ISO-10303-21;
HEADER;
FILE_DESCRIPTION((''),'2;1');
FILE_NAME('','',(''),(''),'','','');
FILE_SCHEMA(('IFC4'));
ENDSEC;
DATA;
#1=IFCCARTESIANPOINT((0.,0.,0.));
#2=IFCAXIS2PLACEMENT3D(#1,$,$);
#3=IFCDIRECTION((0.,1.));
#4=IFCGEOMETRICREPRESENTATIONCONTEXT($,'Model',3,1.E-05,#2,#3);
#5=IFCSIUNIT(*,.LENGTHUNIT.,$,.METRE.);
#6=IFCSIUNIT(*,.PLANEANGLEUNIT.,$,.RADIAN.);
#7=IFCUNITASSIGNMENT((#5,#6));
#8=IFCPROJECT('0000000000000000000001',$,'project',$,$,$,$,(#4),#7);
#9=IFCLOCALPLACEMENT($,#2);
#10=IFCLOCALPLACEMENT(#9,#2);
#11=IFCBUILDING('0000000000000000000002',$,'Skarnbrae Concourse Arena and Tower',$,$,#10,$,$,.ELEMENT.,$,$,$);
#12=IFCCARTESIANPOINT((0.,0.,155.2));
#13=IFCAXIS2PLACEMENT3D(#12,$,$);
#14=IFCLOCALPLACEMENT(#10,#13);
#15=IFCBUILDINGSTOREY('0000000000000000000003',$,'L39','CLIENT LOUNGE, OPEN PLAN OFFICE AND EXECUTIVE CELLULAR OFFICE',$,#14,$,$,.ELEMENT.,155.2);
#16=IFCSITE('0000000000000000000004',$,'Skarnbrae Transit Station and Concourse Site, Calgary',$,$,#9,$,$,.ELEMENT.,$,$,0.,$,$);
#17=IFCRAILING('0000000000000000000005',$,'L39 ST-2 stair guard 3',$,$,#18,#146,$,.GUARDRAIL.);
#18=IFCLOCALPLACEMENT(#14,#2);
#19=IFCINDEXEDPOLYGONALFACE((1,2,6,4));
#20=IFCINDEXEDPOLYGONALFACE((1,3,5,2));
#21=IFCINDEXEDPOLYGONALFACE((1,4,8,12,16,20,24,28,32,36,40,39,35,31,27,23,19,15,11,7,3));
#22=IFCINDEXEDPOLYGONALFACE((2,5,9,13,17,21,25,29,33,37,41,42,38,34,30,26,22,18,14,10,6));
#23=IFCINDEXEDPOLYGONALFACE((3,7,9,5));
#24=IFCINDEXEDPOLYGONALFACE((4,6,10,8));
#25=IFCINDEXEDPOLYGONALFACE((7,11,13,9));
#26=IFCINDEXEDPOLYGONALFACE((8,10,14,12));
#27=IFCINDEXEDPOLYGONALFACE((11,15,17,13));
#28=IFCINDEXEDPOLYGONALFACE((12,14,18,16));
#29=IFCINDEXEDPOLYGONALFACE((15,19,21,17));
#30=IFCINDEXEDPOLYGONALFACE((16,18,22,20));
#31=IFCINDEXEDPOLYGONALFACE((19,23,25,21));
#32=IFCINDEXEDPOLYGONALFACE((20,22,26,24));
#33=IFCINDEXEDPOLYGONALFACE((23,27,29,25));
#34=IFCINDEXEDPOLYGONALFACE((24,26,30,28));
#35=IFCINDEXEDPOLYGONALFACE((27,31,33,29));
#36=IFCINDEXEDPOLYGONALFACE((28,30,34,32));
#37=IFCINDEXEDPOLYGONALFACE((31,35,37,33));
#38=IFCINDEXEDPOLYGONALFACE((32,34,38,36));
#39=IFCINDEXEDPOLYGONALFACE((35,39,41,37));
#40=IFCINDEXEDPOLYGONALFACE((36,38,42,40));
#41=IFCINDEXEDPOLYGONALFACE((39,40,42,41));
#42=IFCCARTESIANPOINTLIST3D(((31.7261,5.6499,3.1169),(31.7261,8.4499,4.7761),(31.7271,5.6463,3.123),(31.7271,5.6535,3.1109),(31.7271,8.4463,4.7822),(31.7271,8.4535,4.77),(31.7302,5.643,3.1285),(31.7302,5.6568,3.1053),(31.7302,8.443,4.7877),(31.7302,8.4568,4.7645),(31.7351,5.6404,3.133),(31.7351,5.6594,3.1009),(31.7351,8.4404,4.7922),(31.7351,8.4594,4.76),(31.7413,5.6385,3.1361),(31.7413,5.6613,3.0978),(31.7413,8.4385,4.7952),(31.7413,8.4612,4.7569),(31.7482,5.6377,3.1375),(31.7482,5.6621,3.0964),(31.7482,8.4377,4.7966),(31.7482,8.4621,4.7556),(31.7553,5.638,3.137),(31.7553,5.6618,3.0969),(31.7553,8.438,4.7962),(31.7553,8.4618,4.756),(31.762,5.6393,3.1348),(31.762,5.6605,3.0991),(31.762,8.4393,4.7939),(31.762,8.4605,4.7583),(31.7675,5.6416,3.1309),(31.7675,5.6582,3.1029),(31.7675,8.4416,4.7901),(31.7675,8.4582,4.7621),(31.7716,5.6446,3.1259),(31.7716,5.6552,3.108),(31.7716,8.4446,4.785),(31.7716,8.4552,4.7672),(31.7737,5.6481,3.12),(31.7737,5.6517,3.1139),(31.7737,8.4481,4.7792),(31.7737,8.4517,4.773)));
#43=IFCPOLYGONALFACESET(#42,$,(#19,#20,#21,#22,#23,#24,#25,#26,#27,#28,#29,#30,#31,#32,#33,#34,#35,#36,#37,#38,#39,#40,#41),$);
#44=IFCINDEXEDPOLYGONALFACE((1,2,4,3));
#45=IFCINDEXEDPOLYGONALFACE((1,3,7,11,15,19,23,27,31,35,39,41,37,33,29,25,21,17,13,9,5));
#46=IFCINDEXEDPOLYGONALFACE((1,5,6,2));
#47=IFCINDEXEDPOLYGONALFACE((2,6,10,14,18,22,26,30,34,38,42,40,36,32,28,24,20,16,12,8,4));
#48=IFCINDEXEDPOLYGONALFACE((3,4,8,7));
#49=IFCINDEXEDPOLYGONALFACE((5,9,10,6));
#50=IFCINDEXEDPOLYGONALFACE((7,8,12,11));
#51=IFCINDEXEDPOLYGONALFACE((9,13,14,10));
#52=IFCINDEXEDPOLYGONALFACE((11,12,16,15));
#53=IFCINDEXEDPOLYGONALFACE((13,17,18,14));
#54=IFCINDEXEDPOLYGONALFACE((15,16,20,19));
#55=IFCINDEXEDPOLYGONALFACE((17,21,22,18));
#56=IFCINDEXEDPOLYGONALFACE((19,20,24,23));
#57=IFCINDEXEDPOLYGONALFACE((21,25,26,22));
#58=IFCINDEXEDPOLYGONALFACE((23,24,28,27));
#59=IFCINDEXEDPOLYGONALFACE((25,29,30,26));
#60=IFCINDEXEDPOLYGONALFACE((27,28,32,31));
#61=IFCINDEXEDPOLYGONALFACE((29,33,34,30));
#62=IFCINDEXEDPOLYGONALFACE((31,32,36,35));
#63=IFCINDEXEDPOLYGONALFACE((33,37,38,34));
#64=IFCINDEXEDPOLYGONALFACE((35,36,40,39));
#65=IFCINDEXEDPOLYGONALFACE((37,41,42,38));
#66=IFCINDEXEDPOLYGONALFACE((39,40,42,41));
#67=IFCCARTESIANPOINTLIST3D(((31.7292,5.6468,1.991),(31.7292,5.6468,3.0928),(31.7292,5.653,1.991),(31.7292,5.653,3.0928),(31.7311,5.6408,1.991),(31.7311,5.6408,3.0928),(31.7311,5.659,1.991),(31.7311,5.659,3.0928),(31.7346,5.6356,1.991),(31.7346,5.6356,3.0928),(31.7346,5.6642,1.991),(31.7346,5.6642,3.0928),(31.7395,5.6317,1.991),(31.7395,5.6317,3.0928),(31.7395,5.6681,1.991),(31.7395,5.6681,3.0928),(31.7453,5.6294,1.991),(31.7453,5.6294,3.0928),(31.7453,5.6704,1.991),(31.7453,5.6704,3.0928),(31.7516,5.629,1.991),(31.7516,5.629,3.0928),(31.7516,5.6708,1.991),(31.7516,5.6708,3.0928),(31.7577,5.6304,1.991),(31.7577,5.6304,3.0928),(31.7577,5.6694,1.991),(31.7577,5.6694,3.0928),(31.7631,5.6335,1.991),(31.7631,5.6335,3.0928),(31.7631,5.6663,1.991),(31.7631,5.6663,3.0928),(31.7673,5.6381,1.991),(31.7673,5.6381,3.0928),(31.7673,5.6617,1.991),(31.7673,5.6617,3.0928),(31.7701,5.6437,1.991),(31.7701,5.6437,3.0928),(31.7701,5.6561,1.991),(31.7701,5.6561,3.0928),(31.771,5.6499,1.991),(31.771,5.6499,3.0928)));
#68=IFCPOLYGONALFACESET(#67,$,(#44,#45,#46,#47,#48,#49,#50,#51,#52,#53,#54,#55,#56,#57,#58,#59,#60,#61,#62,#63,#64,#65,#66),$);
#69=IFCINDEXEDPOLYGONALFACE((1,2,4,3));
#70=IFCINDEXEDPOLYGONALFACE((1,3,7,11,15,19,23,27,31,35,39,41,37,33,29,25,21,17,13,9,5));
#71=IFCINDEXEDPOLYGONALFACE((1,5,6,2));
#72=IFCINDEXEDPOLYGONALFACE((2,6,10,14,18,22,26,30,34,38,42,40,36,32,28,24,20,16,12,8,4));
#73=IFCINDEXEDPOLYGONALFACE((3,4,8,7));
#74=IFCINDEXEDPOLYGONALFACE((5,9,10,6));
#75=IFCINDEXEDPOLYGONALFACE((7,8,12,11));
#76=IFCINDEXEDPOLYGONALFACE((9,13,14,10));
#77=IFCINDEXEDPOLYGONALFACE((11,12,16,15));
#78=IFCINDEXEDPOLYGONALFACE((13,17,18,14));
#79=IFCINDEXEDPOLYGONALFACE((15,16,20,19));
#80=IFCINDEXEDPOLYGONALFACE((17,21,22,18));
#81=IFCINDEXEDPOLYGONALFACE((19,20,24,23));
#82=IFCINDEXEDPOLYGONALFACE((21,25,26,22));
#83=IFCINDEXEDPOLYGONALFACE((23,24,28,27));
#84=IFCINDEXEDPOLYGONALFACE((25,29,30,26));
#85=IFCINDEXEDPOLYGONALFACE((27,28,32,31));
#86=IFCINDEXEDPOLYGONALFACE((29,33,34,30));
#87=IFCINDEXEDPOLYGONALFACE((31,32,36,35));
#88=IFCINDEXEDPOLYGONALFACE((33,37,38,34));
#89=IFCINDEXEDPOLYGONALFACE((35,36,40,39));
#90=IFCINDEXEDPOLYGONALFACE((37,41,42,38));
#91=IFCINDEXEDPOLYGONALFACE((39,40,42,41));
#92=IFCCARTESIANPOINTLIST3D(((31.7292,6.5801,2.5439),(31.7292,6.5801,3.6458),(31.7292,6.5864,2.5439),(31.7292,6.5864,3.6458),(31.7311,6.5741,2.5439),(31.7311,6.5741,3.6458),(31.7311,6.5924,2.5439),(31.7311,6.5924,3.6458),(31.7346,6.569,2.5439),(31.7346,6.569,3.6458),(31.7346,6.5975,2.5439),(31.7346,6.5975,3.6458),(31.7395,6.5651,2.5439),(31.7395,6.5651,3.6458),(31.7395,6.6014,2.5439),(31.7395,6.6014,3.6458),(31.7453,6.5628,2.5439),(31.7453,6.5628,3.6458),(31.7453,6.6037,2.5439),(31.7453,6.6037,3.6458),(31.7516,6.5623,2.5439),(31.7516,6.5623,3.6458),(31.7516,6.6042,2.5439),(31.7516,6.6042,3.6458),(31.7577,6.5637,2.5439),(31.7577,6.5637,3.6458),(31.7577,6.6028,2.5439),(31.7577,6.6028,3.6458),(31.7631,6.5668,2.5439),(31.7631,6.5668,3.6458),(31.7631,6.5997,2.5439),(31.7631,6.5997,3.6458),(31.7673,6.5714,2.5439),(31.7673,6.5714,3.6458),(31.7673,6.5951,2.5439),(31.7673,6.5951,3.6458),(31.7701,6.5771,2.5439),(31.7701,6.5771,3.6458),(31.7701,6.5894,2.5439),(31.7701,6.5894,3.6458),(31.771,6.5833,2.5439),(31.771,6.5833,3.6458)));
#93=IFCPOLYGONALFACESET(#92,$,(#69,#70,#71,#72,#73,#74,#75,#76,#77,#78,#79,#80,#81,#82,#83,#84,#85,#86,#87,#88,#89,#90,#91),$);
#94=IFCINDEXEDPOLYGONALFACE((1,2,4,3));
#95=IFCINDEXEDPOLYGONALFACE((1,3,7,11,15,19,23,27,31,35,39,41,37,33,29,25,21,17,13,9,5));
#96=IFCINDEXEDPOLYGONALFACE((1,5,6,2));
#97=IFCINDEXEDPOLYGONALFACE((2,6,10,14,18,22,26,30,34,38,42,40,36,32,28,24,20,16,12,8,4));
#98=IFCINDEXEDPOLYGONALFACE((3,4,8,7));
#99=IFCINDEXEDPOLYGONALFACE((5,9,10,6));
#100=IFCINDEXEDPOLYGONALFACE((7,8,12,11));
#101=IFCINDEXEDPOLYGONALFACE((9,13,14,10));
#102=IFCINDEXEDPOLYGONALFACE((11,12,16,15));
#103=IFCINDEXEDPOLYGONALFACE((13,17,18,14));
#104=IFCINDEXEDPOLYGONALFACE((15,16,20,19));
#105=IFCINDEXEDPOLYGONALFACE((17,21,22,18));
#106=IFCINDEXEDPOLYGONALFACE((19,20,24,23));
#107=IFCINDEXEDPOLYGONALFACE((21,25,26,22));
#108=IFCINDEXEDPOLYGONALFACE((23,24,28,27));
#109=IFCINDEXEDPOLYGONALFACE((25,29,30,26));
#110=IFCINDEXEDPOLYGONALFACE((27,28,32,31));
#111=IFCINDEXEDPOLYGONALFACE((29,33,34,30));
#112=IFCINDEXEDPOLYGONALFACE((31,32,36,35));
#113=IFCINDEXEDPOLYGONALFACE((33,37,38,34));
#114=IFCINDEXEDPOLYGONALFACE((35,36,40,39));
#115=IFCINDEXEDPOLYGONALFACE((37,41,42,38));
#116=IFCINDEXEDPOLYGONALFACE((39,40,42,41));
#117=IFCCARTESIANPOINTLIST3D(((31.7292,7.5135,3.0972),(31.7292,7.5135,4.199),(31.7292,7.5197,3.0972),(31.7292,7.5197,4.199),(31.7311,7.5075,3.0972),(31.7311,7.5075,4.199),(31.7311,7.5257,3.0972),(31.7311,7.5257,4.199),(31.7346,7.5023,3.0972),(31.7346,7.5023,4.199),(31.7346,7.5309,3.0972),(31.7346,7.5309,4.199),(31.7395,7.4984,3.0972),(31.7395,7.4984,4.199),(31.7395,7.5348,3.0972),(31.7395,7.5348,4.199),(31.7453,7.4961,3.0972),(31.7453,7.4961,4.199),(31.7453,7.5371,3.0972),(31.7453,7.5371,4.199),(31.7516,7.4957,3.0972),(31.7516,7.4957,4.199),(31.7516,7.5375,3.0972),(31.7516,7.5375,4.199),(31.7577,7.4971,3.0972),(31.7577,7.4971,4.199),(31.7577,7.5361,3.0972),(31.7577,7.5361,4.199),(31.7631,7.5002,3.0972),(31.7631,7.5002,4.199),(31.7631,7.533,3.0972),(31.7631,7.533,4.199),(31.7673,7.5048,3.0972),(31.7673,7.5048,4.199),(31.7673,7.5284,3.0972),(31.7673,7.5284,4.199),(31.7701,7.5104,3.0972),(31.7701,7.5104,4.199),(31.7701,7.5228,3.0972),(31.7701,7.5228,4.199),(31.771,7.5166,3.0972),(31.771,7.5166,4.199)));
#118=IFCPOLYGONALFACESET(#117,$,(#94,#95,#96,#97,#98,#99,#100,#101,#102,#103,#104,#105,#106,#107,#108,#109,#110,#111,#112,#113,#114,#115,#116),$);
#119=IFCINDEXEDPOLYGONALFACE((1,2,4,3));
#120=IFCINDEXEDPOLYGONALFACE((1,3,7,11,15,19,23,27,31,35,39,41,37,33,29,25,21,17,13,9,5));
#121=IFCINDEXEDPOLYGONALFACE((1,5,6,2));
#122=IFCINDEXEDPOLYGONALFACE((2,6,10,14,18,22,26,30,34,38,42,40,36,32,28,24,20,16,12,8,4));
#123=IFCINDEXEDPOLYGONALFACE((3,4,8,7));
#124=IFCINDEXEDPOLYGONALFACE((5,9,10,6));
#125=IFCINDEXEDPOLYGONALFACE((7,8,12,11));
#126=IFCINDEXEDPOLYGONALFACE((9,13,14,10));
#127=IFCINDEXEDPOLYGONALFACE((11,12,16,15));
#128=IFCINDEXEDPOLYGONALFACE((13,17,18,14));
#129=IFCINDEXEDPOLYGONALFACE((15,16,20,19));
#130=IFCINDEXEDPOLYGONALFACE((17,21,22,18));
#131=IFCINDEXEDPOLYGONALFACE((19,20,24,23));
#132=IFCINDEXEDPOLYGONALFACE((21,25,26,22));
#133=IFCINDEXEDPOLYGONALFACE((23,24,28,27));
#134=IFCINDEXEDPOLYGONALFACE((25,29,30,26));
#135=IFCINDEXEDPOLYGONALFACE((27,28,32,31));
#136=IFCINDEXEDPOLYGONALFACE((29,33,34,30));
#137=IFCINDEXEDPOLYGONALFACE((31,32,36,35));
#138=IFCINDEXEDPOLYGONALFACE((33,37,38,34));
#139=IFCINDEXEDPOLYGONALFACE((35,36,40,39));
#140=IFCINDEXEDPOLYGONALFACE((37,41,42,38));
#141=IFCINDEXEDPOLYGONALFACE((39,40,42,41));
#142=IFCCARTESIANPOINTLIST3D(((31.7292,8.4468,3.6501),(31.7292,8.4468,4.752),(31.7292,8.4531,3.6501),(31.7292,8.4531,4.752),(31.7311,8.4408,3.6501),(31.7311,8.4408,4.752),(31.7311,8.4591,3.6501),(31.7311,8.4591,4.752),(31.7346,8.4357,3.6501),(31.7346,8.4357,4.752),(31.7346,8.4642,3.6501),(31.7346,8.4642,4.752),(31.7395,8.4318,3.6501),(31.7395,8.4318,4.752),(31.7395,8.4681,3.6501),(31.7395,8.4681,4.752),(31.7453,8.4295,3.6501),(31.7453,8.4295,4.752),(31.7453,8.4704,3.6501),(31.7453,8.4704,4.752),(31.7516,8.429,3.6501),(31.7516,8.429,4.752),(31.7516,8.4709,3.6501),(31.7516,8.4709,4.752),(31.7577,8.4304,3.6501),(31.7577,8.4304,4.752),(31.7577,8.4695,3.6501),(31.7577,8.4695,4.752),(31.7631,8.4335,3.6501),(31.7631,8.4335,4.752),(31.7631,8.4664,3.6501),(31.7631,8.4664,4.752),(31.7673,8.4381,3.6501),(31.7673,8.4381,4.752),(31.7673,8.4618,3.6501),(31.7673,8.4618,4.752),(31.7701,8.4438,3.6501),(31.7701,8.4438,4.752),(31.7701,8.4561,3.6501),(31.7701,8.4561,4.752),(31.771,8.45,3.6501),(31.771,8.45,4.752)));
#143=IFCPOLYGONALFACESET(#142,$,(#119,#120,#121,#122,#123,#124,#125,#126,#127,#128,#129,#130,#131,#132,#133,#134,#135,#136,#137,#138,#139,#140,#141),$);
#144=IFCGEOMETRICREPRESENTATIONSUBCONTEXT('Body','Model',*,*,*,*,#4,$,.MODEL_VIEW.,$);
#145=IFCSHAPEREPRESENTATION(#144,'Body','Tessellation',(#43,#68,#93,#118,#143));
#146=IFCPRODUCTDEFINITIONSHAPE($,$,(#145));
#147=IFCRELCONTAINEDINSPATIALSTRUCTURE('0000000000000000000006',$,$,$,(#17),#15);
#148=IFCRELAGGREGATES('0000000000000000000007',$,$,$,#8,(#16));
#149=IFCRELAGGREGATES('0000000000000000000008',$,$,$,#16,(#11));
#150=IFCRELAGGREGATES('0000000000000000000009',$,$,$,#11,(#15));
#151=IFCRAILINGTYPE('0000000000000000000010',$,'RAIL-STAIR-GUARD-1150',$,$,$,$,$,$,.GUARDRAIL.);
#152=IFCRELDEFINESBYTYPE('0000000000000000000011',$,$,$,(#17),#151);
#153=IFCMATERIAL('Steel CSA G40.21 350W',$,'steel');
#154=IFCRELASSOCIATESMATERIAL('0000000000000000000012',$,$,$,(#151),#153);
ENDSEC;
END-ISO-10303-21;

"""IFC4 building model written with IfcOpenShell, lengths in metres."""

from ifc_helpers import new_model, si_unit, direction, frame, origin, origin_2d, place, context, subcontext, project, spatial, circle, extrude, material, type_object, element, save


model = new_model("IFC4")

# Units and contexts
model_context = context("Model", 3, precision=1e-05, world=origin(), true_north=direction((0.0, 1.0)))
body_context = subcontext(model_context, "Body", "Model", "MODEL_VIEW")
ifc_project = project(units=[si_unit("LENGTHUNIT", "METRE"), si_unit("PLANEANGLEUNIT", "RADIAN")], contexts=[model_context])

# Site, building, storey
site_placement = place(None, origin())
site = spatial("IfcSite", under=ifc_project, at=site_placement, Name="Skarnbrae Transit Station and Concourse Site, Calgary", CompositionType="ELEMENT", RefElevation=0.0)
building_placement = place(site_placement, origin())
building = spatial("IfcBuilding", under=site, at=building_placement, Name="Skarnbrae Concourse Arena and Tower", CompositionType="ELEMENT")
storey_placement = place(building_placement, frame((0.0, 0.0, 155.2)))
storey = spatial("IfcBuildingStorey", under=building, at=storey_placement, Name="L39", Description="CLIENT LOUNGE, OPEN PLAN OFFICE AND EXECUTIVE CELLULAR OFFICE", CompositionType="ELEMENT", Elevation=155.2)

# Shared definitions
ifc_material_1 = material(Name="Steel CSA G40.21 350W", Category="steel")

# Railing
railing_type_1 = type_object("IfcRailingType", Name="RAIL-STAIR-GUARD-1150", PredefinedType="GUARDRAIL", material=ifc_material_1)
railing_1_placement = place(storey_placement, frame((31.75, 5.6499, 1.991)))
element("IfcRailing", 1, at=railing_1_placement, inside=storey, type_object=railing_type_1, Name="L39 ST-2 stair guard 3", PredefinedType="GUARDRAIL", context=body_context, shape_type="SweptSolid", body=[
    extrude(circle(Radius=0.0239, at=origin_2d()), frame((0.0, 0.0, 1.126), z_axis=(0.0, 0.860306, 0.509778), x_axis=(-1.0, 0.0, 0.0)), (0.0, 0.0, 1.0), 3.2546),
    extrude(circle(Radius=0.021, at=origin_2d()), origin(), (0.0, 0.0, 1.0), 1.1018),
    extrude(circle(Radius=0.021, at=origin_2d()), frame((0.0, 0.9333, 0.553)), (0.0, 0.0, 1.0), 1.1018),
    extrude(circle(Radius=0.021, at=origin_2d()), frame((0.0, 1.8667, 1.1062)), (0.0, 0.0, 1.0), 1.1018),
    extrude(circle(Radius=0.021, at=origin_2d()), frame((0.0, 2.8, 1.6592)), (0.0, 0.0, 1.0), 1.1018),
])

save(model, "model.ifc")
